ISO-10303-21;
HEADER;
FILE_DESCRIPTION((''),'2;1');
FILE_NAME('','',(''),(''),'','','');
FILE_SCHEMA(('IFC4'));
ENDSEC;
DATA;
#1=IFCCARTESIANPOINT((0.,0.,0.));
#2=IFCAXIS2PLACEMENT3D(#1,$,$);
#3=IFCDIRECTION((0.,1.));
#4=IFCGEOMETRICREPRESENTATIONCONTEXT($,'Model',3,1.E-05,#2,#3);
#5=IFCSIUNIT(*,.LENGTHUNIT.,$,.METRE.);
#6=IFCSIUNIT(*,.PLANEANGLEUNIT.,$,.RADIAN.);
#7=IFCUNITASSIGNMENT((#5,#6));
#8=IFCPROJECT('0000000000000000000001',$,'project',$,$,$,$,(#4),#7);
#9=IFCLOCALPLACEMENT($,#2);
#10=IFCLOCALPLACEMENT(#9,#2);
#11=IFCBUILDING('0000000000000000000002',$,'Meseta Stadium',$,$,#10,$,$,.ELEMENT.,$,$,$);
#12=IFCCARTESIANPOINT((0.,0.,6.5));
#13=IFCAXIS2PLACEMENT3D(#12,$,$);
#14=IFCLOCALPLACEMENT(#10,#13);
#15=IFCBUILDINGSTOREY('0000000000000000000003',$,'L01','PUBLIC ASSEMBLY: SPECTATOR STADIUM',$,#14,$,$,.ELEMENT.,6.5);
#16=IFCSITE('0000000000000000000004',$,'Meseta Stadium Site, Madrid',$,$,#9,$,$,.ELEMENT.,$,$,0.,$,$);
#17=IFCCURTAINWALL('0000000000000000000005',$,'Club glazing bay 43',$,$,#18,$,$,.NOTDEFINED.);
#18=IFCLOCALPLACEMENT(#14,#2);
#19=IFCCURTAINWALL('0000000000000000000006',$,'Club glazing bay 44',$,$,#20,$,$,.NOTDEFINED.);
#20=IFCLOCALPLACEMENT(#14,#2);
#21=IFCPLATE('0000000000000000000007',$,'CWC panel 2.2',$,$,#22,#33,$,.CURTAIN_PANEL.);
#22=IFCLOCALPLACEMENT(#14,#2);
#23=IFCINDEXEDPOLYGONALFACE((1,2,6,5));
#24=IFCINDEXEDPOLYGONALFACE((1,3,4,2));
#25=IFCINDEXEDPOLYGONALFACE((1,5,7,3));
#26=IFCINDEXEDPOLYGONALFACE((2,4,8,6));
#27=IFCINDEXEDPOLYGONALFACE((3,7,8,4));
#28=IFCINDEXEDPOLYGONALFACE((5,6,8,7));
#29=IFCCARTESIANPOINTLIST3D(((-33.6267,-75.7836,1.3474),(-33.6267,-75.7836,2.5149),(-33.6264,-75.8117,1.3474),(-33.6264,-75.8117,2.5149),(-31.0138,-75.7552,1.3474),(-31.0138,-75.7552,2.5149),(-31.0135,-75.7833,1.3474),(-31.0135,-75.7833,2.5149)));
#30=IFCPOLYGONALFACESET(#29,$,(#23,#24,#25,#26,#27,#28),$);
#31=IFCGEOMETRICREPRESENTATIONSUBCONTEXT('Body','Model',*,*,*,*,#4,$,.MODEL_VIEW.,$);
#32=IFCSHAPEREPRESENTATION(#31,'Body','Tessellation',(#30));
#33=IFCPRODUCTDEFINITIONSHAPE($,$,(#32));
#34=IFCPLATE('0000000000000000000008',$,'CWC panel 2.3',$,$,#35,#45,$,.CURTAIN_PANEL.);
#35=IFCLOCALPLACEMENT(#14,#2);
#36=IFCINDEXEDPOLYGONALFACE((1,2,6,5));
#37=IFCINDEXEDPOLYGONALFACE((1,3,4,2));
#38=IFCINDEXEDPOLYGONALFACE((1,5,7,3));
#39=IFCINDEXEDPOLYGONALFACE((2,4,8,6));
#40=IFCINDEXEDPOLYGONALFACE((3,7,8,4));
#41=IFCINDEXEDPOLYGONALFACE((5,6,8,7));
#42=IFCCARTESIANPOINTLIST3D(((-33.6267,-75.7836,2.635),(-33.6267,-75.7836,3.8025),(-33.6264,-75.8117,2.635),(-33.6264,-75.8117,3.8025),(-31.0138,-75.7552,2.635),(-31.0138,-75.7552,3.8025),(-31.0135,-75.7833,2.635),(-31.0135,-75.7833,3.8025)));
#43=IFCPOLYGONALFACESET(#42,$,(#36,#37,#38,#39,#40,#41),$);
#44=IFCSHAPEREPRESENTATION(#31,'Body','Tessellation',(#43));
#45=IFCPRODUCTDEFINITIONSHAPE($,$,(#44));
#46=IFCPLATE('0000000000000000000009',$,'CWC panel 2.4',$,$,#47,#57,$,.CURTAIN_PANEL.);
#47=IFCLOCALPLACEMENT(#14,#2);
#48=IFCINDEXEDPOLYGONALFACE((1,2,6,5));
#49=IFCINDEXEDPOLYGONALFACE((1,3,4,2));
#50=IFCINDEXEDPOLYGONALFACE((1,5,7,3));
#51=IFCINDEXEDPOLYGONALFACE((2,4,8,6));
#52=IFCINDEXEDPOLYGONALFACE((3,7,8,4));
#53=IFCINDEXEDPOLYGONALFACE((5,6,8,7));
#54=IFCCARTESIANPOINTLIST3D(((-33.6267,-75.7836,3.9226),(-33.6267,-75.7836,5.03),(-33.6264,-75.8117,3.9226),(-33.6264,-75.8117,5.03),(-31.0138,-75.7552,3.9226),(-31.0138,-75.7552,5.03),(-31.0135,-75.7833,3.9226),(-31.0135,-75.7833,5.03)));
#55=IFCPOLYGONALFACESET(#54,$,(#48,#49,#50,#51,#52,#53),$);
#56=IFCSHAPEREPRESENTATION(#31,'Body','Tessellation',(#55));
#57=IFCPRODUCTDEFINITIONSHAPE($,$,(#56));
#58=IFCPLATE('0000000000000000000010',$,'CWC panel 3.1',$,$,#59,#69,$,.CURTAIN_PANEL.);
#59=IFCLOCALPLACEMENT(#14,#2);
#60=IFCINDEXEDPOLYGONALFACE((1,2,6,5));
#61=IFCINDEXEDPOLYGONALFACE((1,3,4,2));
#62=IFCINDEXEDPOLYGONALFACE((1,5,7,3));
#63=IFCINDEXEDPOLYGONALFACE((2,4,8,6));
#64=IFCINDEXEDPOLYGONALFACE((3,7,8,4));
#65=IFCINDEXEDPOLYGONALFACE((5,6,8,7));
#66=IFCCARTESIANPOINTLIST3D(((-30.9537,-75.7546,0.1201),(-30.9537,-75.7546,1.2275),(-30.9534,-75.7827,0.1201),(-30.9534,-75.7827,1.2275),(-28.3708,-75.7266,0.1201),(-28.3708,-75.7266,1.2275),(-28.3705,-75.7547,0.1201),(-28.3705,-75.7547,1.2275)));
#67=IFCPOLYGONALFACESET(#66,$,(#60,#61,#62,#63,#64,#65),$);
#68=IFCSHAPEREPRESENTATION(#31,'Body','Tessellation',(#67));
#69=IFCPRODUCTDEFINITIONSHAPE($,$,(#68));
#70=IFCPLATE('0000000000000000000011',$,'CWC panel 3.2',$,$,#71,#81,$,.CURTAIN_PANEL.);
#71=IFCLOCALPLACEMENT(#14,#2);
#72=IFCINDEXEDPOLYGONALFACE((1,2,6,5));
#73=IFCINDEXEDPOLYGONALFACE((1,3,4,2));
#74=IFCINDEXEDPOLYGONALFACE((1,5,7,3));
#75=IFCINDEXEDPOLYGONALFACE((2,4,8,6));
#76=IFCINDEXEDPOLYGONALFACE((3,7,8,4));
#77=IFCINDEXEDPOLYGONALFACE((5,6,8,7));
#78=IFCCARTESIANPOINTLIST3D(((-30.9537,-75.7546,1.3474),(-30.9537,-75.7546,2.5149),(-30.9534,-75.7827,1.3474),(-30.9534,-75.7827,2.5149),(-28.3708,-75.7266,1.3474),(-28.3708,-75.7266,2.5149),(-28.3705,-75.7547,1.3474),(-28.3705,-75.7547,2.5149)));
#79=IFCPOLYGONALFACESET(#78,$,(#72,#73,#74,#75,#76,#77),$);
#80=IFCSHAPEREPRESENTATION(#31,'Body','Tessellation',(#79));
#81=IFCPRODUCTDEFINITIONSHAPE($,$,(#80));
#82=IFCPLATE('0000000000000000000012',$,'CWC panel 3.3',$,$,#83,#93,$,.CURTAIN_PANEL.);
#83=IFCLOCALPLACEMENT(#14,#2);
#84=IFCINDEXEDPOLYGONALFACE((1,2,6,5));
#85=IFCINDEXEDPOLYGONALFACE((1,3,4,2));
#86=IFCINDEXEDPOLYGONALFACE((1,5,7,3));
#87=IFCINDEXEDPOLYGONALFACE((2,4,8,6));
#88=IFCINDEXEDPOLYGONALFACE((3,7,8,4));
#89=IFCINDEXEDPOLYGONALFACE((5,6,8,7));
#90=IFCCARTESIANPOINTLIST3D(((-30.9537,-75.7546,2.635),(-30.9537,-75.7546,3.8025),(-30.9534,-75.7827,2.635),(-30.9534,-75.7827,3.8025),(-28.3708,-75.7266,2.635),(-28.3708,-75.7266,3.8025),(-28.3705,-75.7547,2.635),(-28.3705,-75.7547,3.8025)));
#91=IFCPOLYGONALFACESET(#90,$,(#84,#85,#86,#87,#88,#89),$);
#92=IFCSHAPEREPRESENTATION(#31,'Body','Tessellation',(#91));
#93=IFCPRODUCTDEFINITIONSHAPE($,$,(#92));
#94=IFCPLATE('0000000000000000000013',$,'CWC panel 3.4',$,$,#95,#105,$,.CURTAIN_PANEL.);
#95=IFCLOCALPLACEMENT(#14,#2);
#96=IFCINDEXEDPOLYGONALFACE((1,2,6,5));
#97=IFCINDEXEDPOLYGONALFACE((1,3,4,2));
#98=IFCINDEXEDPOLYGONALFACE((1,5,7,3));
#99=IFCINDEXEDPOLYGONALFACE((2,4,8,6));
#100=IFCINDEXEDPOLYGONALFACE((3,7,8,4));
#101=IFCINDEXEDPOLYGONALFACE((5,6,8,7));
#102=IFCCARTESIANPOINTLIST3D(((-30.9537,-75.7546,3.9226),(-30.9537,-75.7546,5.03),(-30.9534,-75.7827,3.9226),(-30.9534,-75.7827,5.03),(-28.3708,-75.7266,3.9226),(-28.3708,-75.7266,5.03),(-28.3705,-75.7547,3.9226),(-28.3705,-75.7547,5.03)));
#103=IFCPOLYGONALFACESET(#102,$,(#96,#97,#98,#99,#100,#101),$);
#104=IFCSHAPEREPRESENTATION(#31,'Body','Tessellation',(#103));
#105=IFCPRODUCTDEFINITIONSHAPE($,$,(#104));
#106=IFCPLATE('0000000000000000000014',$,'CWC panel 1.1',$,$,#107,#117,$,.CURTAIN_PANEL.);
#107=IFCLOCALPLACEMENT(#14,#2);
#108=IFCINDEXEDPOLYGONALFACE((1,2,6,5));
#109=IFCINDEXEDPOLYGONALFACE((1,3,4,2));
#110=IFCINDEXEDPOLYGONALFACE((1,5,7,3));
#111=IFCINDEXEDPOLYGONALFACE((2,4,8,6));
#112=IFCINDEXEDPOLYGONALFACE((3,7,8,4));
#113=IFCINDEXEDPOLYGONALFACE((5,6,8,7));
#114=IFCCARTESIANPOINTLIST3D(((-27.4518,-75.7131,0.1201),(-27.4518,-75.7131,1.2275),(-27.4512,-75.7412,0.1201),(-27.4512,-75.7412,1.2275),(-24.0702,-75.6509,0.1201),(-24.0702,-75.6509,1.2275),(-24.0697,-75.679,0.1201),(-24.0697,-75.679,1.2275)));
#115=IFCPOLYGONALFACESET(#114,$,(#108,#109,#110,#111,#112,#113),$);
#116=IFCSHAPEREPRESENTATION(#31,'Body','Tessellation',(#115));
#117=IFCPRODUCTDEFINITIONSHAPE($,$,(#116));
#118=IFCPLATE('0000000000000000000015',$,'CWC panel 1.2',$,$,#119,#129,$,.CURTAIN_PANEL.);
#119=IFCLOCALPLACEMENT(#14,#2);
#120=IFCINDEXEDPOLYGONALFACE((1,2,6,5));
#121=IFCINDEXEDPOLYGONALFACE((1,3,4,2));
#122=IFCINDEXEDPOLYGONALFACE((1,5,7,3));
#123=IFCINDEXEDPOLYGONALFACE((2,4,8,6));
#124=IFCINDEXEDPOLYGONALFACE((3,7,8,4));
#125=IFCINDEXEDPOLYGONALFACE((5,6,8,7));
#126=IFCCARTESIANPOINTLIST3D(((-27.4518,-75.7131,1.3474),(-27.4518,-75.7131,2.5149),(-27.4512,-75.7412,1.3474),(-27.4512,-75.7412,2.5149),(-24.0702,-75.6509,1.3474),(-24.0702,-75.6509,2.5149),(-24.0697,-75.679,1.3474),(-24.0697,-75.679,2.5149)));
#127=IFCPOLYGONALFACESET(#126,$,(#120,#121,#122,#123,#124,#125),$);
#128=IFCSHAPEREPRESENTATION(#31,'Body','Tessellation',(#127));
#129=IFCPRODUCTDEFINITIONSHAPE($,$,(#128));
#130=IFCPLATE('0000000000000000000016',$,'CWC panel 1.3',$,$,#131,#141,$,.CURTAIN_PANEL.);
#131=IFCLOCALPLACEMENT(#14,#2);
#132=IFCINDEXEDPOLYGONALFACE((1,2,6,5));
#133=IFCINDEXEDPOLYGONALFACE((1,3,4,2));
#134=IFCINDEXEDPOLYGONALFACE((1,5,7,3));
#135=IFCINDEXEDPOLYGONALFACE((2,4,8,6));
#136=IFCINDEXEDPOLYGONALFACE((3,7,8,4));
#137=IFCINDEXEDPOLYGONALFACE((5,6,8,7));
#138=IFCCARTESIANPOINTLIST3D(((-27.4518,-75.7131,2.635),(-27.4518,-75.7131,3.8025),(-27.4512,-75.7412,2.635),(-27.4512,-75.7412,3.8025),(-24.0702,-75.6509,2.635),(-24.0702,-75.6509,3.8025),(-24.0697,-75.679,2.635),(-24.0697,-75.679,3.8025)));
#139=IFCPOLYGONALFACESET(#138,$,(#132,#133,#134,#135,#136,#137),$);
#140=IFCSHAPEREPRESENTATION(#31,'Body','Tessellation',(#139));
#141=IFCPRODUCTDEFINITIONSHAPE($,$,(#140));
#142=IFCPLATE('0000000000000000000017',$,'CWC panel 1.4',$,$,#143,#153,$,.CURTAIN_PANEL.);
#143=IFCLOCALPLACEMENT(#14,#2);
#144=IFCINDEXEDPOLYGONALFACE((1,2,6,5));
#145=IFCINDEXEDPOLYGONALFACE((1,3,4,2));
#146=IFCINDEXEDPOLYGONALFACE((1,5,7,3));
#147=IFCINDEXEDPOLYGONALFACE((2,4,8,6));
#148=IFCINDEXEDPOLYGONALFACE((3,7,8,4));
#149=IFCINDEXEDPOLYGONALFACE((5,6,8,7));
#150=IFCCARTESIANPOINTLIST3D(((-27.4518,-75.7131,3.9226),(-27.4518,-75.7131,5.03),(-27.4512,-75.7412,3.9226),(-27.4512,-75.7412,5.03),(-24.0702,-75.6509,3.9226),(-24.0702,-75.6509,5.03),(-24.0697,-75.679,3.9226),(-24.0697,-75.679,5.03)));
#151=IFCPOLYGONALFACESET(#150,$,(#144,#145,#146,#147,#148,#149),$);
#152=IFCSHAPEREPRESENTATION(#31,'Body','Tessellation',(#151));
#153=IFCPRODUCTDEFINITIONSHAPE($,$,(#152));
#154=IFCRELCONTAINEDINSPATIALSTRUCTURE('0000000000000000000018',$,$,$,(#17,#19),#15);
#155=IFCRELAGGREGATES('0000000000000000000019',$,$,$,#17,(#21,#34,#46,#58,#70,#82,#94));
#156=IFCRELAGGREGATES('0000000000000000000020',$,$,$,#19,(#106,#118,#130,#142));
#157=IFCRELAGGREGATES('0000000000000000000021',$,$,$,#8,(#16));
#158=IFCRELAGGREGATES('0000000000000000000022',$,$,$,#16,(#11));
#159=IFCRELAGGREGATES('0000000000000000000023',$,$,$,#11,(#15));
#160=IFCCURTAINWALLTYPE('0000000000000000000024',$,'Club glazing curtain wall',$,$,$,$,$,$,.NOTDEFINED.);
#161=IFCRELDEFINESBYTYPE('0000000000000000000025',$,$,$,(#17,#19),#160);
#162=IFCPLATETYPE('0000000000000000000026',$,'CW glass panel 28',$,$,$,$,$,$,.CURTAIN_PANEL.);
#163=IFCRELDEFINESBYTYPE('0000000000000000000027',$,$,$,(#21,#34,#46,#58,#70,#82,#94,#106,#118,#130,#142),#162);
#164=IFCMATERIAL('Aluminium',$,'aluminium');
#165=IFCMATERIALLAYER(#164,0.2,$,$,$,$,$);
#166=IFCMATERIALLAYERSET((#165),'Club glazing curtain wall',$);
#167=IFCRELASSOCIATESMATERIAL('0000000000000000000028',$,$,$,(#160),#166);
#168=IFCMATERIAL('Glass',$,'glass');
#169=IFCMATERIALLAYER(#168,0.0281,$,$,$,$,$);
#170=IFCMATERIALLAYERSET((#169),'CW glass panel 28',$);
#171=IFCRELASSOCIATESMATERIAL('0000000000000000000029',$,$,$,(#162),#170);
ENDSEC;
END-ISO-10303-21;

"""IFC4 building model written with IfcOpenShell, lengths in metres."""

from ifc_helpers import new_model, si_unit, direction, frame, origin, origin_2d, place, context, subcontext, project, spatial, rectangle, extrude, material, layer, layer_set, type_object, element, aggregate, save


model = new_model("IFC4")

# Units and contexts
model_context = context("Model", 3, precision=1e-05, world=origin(), true_north=direction((0.0, 1.0)))
body_context = subcontext(model_context, "Body", "Model", "MODEL_VIEW")
ifc_project = project(units=[si_unit("LENGTHUNIT", "METRE"), si_unit("PLANEANGLEUNIT", "RADIAN")], contexts=[model_context])

# Site, building, storey
site_placement = place(None, origin())
site = spatial("IfcSite", under=ifc_project, at=site_placement, Name="Meseta Stadium Site, Madrid", CompositionType="ELEMENT", RefElevation=0.0)
building_placement = place(site_placement, origin())
building = spatial("IfcBuilding", under=site, at=building_placement, Name="Meseta Stadium", CompositionType="ELEMENT")
storey_placement = place(building_placement, frame((0.0, 0.0, 6.5)))
storey = spatial("IfcBuildingStorey", under=building, at=storey_placement, Name="L01", Description="PUBLIC ASSEMBLY: SPECTATOR STADIUM", CompositionType="ELEMENT", Elevation=6.5)

# Curtain walls
ifc_material_1 = material(Name="Aluminium", Category="aluminium")
ifc_layer_1 = layer(ifc_material_1, 0.2)
ifc_layer_set_1 = layer_set([ifc_layer_1], Name="Club glazing curtain wall")
curtain_wall_type = type_object("IfcCurtainWallType", Name="Club glazing curtain wall", PredefinedType="NOTDEFINED", material=ifc_layer_set_1)
curtain_wall_1_placement = place(storey_placement, origin())
curtain_wall_1 = element("IfcCurtainWall", 1, at=curtain_wall_1_placement, inside=storey, type_object=curtain_wall_type, Name="Club glazing bay 43", PredefinedType="NOTDEFINED")
curtain_wall_2_placement = place(storey_placement, origin())
curtain_wall_2 = element("IfcCurtainWall", 2, at=curtain_wall_2_placement, inside=storey, type_object=curtain_wall_type, Name="Club glazing bay 44", PredefinedType="NOTDEFINED")

# Plates
ifc_material_2 = material(Name="Glass", Category="glass")
ifc_layer_2 = layer(ifc_material_2, 0.0281)
ifc_layer_set_2 = layer_set([ifc_layer_2], Name="CW glass panel 28")
plate_type = type_object("IfcPlateType", Name="CW glass panel 28", PredefinedType="CURTAIN_PANEL", material=ifc_layer_set_2)
plate_1_placement = place(storey_placement, frame((-32.3201, -75.7834, 1.3474), z_axis=(0.0, 0.0, 1.0), x_axis=(0.999941, 0.010843, 0.0)))
plate_1 = element("IfcPlate", 3, at=plate_1_placement, type_object=plate_type, Name="CWC panel 2.2", PredefinedType="CURTAIN_PANEL", context=body_context, shape_type="SweptSolid", body=[
    extrude(rectangle(XDim=2.613, YDim=0.0281, at=origin_2d()), origin(), (0.0, 0.0, 1.0), 1.1675),
])
plate_2_placement = place(storey_placement, frame((-32.3201, -75.7834, 2.635), z_axis=(0.0, 0.0, 1.0), x_axis=(0.999941, 0.010843, 0.0)))
plate_2 = element("IfcPlate", 4, at=plate_2_placement, type_object=plate_type, Name="CWC panel 2.3", PredefinedType="CURTAIN_PANEL", context=body_context, shape_type="SweptSolid", body=[
    extrude(rectangle(XDim=2.613, YDim=0.0281, at=origin_2d()), origin(), (0.0, 0.0, 1.0), 1.1675),
])
plate_3_placement = place(storey_placement, frame((-32.3201, -75.7834, 3.9226), z_axis=(0.0, 0.0, 1.0), x_axis=(0.999941, 0.010843, 0.0)))
plate_3 = element("IfcPlate", 5, at=plate_3_placement, type_object=plate_type, Name="CWC panel 2.4", PredefinedType="CURTAIN_PANEL", context=body_context, shape_type="SweptSolid", body=[
    extrude(rectangle(XDim=2.613, YDim=0.0281, at=origin_2d()), origin(), (0.0, 0.0, 1.0), 1.1074),
])
plate_4_placement = place(storey_placement, frame((-29.6621, -75.7546, 0.1201), z_axis=(0.0, 0.0, 1.0), x_axis=(0.999941, 0.010843, 0.0)))
plate_4 = element("IfcPlate", 6, at=plate_4_placement, type_object=plate_type, Name="CWC panel 3.1", PredefinedType="CURTAIN_PANEL", context=body_context, shape_type="SweptSolid", body=[
    extrude(rectangle(XDim=2.583, YDim=0.0281, at=origin_2d()), origin(), (0.0, 0.0, 1.0), 1.1074),
])
plate_5_placement = place(storey_placement, frame((-29.6621, -75.7546, 1.3474), z_axis=(0.0, 0.0, 1.0), x_axis=(0.999941, 0.010843, 0.0)))
plate_5 = element("IfcPlate", 7, at=plate_5_placement, type_object=plate_type, Name="CWC panel 3.2", PredefinedType="CURTAIN_PANEL", context=body_context, shape_type="SweptSolid", body=[
    extrude(rectangle(XDim=2.583, YDim=0.0281, at=origin_2d()), origin(), (0.0, 0.0, 1.0), 1.1675),
])
plate_6_placement = place(storey_placement, frame((-29.6621, -75.7546, 2.635), z_axis=(0.0, 0.0, 1.0), x_axis=(0.999941, 0.010843, 0.0)))
plate_6 = element("IfcPlate", 8, at=plate_6_placement, type_object=plate_type, Name="CWC panel 3.3", PredefinedType="CURTAIN_PANEL", context=body_context, shape_type="SweptSolid", body=[
    extrude(rectangle(XDim=2.583, YDim=0.0281, at=origin_2d()), origin(), (0.0, 0.0, 1.0), 1.1675),
])
plate_7_placement = place(storey_placement, frame((-29.6621, -75.7546, 3.9226), z_axis=(0.0, 0.0, 1.0), x_axis=(0.999941, 0.010843, 0.0)))
plate_7 = element("IfcPlate", 9, at=plate_7_placement, type_object=plate_type, Name="CWC panel 3.4", PredefinedType="CURTAIN_PANEL", context=body_context, shape_type="SweptSolid", body=[
    extrude(rectangle(XDim=2.583, YDim=0.0281, at=origin_2d()), origin(), (0.0, 0.0, 1.0), 1.1074),
])
aggregate(curtain_wall_1, [plate_1, plate_2, plate_3, plate_4, plate_5, plate_6, plate_7])
plate_8_placement = place(storey_placement, frame((-25.7607, -75.696, 0.1201), z_axis=(0.0, 0.0, 1.0), x_axis=(0.999831, 0.018384, 0.0)))
plate_8 = element("IfcPlate", 10, at=plate_8_placement, type_object=plate_type, Name="CWC panel 1.1", PredefinedType="CURTAIN_PANEL", context=body_context, shape_type="SweptSolid", body=[
    extrude(rectangle(XDim=3.3821, YDim=0.0281, at=origin_2d()), origin(), (0.0, 0.0, 1.0), 1.1074),
])
plate_9_placement = place(storey_placement, frame((-25.7607, -75.696, 1.3474), z_axis=(0.0, 0.0, 1.0), x_axis=(0.999831, 0.018384, 0.0)))
plate_9 = element("IfcPlate", 11, at=plate_9_placement, type_object=plate_type, Name="CWC panel 1.2", PredefinedType="CURTAIN_PANEL", context=body_context, shape_type="SweptSolid", body=[
    extrude(rectangle(XDim=3.3821, YDim=0.0281, at=origin_2d()), origin(), (0.0, 0.0, 1.0), 1.1675),
])
plate_10_placement = place(storey_placement, frame((-25.7607, -75.696, 2.635), z_axis=(0.0, 0.0, 1.0), x_axis=(0.999831, 0.018384, 0.0)))
plate_10 = element("IfcPlate", 12, at=plate_10_placement, type_object=plate_type, Name="CWC panel 1.3", PredefinedType="CURTAIN_PANEL", context=body_context, shape_type="SweptSolid", body=[
    extrude(rectangle(XDim=3.3821, YDim=0.0281, at=origin_2d()), origin(), (0.0, 0.0, 1.0), 1.1675),
])
plate_11_placement = place(storey_placement, frame((-25.7607, -75.696, 3.9226), z_axis=(0.0, 0.0, 1.0), x_axis=(0.999831, 0.018384, 0.0)))
plate_11 = element("IfcPlate", 13, at=plate_11_placement, type_object=plate_type, Name="CWC panel 1.4", PredefinedType="CURTAIN_PANEL", context=body_context, shape_type="SweptSolid", body=[
    extrude(rectangle(XDim=3.3821, YDim=0.0281, at=origin_2d()), origin(), (0.0, 0.0, 1.0), 1.1074),
])
aggregate(curtain_wall_2, [plate_8, plate_9, plate_10, plate_11])

save(model, "model.ifc")
